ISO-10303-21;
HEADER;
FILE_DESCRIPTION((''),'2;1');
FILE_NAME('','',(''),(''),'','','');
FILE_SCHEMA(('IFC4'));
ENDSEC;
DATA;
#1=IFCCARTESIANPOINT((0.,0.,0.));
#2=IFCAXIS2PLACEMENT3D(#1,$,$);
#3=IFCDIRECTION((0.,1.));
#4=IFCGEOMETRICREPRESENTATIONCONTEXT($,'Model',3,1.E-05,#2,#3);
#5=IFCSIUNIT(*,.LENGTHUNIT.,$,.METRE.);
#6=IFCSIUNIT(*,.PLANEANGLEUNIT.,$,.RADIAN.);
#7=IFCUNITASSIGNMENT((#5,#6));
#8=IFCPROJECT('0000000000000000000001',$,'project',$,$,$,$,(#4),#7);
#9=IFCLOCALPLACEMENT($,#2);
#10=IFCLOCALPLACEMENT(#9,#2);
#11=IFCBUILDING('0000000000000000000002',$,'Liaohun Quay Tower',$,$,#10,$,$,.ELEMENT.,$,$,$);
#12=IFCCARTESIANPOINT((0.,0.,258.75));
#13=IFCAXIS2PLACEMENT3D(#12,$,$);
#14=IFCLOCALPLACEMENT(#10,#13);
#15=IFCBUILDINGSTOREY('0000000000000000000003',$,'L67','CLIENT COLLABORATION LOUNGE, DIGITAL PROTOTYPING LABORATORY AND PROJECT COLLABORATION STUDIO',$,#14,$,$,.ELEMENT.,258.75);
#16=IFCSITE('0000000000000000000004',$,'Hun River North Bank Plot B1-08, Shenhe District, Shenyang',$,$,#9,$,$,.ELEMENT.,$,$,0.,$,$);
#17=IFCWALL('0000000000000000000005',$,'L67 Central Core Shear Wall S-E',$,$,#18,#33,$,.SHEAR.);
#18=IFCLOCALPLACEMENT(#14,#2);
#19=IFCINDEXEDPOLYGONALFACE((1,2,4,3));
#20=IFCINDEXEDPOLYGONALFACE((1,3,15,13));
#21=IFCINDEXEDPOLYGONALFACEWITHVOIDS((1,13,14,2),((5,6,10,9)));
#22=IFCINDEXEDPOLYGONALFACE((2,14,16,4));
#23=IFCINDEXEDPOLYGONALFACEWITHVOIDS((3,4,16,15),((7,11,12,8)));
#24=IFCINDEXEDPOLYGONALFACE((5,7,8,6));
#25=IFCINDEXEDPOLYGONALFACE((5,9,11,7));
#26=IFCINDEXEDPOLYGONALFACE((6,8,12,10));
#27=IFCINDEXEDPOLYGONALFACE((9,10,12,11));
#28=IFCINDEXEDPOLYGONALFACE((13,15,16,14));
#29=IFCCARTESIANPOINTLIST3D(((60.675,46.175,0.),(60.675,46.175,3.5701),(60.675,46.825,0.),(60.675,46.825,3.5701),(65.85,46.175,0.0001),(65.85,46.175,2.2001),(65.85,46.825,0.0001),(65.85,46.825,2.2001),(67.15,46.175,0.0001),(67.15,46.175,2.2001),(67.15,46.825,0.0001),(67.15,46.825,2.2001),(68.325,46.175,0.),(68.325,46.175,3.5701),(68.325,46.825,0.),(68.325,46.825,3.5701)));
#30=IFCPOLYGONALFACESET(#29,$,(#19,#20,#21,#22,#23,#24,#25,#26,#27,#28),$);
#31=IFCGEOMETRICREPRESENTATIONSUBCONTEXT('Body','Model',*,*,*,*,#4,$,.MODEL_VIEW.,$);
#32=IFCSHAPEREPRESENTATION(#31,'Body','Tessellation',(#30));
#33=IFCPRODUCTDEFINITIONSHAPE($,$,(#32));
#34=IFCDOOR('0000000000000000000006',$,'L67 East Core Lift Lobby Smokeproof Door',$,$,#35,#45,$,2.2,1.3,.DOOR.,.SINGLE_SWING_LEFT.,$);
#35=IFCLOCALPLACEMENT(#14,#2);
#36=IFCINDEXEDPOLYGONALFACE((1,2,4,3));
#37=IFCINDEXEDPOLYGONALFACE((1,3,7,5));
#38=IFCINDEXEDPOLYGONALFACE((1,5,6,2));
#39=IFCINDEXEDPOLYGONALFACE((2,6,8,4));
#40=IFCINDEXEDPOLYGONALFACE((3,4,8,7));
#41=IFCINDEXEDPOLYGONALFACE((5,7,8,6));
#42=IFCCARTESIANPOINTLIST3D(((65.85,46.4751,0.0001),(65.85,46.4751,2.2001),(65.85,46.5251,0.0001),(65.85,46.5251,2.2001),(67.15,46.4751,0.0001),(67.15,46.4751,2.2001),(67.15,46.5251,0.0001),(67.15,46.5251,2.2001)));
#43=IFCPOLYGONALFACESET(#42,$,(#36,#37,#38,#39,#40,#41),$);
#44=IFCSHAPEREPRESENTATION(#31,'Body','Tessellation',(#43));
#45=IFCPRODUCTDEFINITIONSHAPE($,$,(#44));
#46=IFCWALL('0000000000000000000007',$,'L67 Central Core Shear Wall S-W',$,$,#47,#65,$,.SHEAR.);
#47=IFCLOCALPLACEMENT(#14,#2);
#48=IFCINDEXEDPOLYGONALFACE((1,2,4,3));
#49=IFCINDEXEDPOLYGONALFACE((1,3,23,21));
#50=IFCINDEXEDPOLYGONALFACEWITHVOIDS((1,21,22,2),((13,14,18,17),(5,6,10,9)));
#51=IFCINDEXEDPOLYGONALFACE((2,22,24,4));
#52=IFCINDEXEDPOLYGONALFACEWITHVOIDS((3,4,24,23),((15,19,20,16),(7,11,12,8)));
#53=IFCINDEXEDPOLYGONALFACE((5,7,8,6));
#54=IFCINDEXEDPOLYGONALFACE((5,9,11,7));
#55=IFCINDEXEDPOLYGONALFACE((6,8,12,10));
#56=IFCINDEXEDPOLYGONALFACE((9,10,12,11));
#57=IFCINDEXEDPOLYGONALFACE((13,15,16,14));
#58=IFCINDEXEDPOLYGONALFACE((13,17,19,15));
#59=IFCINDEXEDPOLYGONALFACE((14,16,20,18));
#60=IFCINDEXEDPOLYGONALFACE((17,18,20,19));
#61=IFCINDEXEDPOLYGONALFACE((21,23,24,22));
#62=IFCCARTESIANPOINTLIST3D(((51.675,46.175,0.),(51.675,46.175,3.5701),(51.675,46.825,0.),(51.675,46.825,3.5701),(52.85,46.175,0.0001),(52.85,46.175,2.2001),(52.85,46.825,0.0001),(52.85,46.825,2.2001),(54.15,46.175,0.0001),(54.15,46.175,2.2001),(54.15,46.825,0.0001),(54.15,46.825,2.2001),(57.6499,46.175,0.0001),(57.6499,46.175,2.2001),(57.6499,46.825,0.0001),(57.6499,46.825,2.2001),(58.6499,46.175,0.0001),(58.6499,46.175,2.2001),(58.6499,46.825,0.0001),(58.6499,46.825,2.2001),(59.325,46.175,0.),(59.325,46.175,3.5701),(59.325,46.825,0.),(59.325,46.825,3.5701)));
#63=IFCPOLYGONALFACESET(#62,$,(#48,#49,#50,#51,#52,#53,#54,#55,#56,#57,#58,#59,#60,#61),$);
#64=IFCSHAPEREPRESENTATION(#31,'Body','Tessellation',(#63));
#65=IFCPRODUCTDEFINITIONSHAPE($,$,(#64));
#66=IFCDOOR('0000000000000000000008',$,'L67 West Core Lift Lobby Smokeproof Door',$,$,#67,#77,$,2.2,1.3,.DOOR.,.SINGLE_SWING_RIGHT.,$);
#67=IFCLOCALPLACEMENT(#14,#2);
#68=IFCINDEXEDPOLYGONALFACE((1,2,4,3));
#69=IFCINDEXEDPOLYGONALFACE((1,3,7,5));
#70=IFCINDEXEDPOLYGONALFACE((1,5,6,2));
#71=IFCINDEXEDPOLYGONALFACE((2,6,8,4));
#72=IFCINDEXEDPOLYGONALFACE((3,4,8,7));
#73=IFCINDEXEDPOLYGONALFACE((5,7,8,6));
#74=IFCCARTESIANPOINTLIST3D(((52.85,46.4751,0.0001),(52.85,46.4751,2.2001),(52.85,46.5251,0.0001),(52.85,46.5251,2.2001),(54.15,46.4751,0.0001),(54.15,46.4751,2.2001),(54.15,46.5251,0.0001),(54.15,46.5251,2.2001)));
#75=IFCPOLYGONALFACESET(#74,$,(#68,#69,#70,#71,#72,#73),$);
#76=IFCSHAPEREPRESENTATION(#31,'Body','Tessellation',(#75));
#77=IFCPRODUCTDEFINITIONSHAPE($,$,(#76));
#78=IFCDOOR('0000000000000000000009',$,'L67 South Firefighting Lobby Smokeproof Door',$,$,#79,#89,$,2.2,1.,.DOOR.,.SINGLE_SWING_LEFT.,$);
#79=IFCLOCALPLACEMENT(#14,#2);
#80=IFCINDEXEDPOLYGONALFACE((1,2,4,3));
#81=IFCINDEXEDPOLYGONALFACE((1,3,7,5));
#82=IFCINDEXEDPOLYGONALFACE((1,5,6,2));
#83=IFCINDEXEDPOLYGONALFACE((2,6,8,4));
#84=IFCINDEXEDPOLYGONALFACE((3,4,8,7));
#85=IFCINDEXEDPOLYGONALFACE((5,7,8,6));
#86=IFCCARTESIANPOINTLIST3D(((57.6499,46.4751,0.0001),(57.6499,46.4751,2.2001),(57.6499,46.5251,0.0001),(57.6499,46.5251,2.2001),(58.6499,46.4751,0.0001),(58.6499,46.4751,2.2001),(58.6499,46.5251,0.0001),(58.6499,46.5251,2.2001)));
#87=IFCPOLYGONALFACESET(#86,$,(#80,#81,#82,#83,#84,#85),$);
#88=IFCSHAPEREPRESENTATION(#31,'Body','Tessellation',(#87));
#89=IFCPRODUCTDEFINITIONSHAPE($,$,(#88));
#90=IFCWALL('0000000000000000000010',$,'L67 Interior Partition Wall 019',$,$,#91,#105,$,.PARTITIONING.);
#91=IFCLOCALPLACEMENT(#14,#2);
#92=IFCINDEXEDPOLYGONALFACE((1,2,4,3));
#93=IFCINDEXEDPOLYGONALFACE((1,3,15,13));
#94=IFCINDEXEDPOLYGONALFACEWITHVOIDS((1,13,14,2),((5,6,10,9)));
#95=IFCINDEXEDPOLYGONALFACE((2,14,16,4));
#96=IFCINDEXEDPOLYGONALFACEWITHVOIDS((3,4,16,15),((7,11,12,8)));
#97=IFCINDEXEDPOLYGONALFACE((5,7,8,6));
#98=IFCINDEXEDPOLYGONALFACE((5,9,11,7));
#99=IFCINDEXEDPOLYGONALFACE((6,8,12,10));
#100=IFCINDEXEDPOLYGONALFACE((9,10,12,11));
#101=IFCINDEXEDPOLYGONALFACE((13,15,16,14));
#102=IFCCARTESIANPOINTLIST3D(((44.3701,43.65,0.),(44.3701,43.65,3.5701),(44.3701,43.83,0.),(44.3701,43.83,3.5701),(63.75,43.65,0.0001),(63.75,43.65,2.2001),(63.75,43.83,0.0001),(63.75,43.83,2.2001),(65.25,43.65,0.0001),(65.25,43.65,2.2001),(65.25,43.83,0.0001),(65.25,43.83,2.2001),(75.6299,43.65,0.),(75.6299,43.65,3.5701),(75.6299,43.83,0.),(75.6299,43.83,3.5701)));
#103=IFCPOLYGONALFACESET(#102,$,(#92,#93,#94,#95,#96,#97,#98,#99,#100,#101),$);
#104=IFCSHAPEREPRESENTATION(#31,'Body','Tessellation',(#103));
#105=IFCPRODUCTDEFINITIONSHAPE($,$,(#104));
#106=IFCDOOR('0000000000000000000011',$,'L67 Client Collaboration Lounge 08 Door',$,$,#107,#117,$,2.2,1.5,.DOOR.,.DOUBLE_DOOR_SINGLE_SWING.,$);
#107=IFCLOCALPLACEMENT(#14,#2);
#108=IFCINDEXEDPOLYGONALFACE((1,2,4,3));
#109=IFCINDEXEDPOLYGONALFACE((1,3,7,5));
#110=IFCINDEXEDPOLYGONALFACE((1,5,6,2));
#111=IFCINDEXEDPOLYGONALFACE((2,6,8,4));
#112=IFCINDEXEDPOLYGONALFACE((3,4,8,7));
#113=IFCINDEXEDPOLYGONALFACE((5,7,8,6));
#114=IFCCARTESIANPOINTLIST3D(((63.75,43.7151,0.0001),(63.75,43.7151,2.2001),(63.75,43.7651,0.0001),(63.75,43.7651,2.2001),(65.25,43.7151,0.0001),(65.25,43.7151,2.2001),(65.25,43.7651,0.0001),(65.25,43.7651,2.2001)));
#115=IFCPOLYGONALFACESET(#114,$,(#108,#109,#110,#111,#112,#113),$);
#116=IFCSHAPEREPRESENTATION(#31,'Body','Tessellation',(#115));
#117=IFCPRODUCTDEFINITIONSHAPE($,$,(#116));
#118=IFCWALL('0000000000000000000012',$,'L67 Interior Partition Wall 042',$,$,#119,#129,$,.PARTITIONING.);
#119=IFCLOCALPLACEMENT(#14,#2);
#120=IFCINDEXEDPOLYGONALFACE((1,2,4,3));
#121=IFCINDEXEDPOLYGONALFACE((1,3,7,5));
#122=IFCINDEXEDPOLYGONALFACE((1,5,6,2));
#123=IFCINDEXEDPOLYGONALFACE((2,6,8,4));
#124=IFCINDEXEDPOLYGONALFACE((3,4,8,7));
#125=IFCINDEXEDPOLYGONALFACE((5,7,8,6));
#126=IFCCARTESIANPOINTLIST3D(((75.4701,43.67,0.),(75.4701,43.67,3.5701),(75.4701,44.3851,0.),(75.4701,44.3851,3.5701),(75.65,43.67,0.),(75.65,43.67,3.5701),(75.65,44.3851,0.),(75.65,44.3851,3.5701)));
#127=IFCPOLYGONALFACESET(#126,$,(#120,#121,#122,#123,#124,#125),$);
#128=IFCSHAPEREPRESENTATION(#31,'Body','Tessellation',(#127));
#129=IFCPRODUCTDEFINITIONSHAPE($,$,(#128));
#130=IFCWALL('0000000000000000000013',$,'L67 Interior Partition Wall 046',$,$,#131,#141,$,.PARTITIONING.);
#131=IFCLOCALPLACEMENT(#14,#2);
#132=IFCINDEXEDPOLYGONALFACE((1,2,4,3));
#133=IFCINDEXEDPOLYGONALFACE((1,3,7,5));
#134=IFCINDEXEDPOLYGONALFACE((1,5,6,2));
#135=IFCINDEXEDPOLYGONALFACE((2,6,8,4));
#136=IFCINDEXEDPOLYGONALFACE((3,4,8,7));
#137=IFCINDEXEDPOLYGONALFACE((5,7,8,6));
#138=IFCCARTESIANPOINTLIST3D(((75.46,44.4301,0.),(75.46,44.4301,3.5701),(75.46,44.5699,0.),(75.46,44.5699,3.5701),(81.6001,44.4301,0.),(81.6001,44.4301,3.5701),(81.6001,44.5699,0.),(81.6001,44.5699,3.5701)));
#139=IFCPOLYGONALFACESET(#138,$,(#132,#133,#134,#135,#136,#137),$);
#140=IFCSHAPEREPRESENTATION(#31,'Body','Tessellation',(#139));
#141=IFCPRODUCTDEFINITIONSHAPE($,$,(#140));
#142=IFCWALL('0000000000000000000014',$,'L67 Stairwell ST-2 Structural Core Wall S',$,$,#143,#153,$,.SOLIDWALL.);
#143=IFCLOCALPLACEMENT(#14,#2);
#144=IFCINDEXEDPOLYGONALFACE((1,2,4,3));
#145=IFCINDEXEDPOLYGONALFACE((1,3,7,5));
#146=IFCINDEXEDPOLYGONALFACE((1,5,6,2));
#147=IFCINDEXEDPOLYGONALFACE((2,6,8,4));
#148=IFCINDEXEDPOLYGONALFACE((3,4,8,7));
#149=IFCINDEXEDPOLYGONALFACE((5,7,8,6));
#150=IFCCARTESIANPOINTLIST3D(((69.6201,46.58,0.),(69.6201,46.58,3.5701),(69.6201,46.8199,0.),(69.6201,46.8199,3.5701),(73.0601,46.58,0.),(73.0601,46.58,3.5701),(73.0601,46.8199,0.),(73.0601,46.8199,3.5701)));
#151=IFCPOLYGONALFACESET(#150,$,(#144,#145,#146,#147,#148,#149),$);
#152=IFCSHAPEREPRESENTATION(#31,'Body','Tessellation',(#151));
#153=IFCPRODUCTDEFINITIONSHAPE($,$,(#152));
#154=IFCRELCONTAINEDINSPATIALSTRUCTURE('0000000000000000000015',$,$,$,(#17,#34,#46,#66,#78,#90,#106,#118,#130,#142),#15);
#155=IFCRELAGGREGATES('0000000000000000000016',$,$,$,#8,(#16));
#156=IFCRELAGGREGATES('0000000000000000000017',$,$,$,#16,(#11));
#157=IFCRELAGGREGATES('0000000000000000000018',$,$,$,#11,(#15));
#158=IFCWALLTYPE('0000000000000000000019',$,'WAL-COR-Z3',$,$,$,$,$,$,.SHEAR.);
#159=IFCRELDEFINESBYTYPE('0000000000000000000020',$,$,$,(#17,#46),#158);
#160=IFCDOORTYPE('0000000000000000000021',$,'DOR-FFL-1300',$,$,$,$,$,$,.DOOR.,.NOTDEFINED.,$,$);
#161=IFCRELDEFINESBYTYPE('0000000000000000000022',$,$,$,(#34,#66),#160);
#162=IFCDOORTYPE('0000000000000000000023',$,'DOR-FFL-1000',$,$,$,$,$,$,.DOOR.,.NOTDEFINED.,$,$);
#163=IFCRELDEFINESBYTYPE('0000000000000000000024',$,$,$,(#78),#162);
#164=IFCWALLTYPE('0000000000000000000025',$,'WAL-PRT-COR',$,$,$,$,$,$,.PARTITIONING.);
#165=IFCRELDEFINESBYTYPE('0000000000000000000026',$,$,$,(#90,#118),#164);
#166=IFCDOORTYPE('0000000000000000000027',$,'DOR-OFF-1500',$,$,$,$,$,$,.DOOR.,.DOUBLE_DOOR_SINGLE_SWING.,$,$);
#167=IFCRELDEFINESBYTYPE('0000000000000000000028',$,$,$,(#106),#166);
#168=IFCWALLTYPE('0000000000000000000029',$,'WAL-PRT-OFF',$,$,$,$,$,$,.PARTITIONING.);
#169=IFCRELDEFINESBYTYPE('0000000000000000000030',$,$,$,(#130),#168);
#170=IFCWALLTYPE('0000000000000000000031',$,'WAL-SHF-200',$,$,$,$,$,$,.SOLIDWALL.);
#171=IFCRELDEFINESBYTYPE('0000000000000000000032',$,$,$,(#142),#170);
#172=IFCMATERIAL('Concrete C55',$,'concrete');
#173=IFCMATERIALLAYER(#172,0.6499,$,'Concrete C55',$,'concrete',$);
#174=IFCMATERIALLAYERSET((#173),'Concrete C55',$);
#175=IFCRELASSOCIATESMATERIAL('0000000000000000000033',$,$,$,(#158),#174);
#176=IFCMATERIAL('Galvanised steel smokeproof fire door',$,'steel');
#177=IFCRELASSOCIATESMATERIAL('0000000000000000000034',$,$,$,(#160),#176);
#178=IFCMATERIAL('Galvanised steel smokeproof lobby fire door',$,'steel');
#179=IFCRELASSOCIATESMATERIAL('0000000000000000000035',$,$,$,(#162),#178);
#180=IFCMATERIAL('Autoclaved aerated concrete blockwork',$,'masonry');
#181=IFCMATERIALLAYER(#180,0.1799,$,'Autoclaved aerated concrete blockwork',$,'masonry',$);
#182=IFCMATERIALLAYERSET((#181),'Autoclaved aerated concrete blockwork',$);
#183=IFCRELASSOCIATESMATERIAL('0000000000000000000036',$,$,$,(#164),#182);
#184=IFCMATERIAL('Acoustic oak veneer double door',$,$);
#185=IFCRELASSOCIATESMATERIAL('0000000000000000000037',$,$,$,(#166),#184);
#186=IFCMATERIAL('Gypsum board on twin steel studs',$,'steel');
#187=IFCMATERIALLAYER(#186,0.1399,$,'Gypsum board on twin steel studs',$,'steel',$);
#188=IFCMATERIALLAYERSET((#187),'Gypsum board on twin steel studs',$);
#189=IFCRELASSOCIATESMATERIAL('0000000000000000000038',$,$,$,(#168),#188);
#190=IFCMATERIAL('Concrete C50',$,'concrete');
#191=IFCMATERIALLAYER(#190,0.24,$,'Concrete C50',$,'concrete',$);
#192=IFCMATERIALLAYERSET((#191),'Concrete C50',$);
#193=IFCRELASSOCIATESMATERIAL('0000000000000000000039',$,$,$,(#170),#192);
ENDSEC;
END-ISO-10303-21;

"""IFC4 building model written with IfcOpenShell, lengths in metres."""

from ifc_helpers import new_model, si_unit, direction, frame, frame_2d, origin, place, context, subcontext, project, spatial, rectangle, extrude, source, transform, mapped, material, layer, layer_set, type_object, element, fill, save


model = new_model("IFC4")

# Units and contexts
model_context = context("Model", 3, precision=1e-05, world=origin(), true_north=direction((0.0, 1.0)))
body_context = subcontext(model_context, "Body", "Model", "MODEL_VIEW")
ifc_project = project(units=[si_unit("LENGTHUNIT", "METRE"), si_unit("PLANEANGLEUNIT", "RADIAN")], contexts=[model_context])

# Site, building, storey
site_placement = place(None, origin())
site = spatial("IfcSite", under=ifc_project, at=site_placement, Name="Hun River North Bank Plot B1-08, Shenhe District, Shenyang", CompositionType="ELEMENT", RefElevation=0.0)
building_placement = place(site_placement, origin())
building = spatial("IfcBuilding", under=site, at=building_placement, Name="Liaohun Quay Tower", CompositionType="ELEMENT")
storey_placement = place(building_placement, frame((0.0, 0.0, 258.75)))
storey = spatial("IfcBuildingStorey", under=building, at=storey_placement, Name="L67", Description="CLIENT COLLABORATION LOUNGE, DIGITAL PROTOTYPING LABORATORY AND PROJECT COLLABORATION STUDIO", CompositionType="ELEMENT", Elevation=258.75)

# Shared definitions
ifc_material_1 = material(Name="Concrete C55", Category="concrete")

# Wall, opening, door
ifc_layer_1 = layer(ifc_material_1, 0.6499, Name="Concrete C55", Category="concrete")
ifc_layer_set_1 = layer_set([ifc_layer_1], Name="Concrete C55")
wall_type_1 = type_object("IfcWallType", Name="WAL-COR-Z3", PredefinedType="SHEAR", material=ifc_layer_set_1)
wall_1_placement = place(storey_placement, frame((68.325, 46.5, 0.0), z_axis=(0.0, 0.0, 1.0), x_axis=(-1.0, 0.0, 0.0)))
wall_1 = element("IfcWall", 1, at=wall_1_placement, inside=storey, type_object=wall_type_1, Name="L67 Central Core Shear Wall S-E", PredefinedType="SHEAR", context=body_context, shape_type="SweptSolid", body=[
    extrude(rectangle(XDim=7.6499, YDim=0.6499, at=frame_2d((3.825, 0.0))), origin(), (0.0, 0.0, 1.0), 3.5701),
])
shared_shape_1 = source(origin(), body_context, "Body", "SweptSolid", [
    extrude(rectangle(XDim=1.3, YDim=2.2, at=frame_2d((0.6499, 1.1001))), frame((0.0, 0.335, 0.0), z_axis=(0.0, -1.0, 0.0), x_axis=(1.0, 0.0, 0.0)), (0.0, 0.0, 1.0), 0.6699),
])
opening_1_placement = place(wall_1_placement, frame((1.175, 0.0, 0.0)))
opening_1 = element("IfcOpeningElement", 2, at=opening_1_placement, cuts=wall_1, PredefinedType="OPENING", context=body_context, shape_type="MappedRepresentation", body=[
    mapped(shared_shape_1, transform((0.0, 0.0, 0.0), x_axis=(1.0, 0.0, 0.0), y_axis=(0.0, 1.0, 0.0), z_axis=(0.0, 0.0, 1.0), scale=1.0)),
])
ifc_material_2 = material(Name="Galvanised steel smokeproof fire door", Category="steel")
door_type_1 = type_object("IfcDoorType", Name="DOR-FFL-1300", OperationType="NOTDEFINED", PredefinedType="DOOR", material=ifc_material_2)
shared_shape_2 = source(origin(), body_context, "Body", "SweptSolid", [
    extrude(rectangle(XDim=1.3, YDim=2.2, at=frame_2d((0.6499, 1.1001))), frame((0.0, 0.0249, 0.0), z_axis=(0.0, -1.0, 0.0), x_axis=(1.0, 0.0, 0.0)), (0.0, 0.0, 1.0), 0.05),
])
door_1_placement = place(opening_1_placement, origin())
door_1 = element("IfcDoor", 3, at=door_1_placement, inside=storey, type_object=door_type_1, Name="L67 East Core Lift Lobby Smokeproof Door", OperationType="SINGLE_SWING_LEFT", OverallHeight=2.2, OverallWidth=1.3, PredefinedType="DOOR", context=body_context, shape_type="MappedRepresentation", body=[
    mapped(shared_shape_2, transform((0.0, 0.0, 0.0), x_axis=(1.0, 0.0, 0.0), y_axis=(0.0, 1.0, 0.0), z_axis=(0.0, 0.0, 1.0), scale=1.0)),
])
fill(opening_1, door_1)

# Wall, openings, doors
wall_2_placement = place(storey_placement, frame((59.325, 46.5, 0.0), z_axis=(0.0, 0.0, 1.0), x_axis=(-1.0, 0.0, 0.0)))
wall_2 = element("IfcWall", 4, at=wall_2_placement, inside=storey, type_object=wall_type_1, Name="L67 Central Core Shear Wall S-W", PredefinedType="SHEAR", context=body_context, shape_type="SweptSolid", body=[
    extrude(rectangle(XDim=7.6499, YDim=0.6499, at=frame_2d((3.825, 0.0))), origin(), (0.0, 0.0, 1.0), 3.5701),
])
opening_2_placement = place(wall_2_placement, frame((5.175, 0.0, 0.0)))
opening_2 = element("IfcOpeningElement", 5, at=opening_2_placement, cuts=wall_2, PredefinedType="OPENING", context=body_context, shape_type="MappedRepresentation", body=[
    mapped(shared_shape_1, transform((0.0, 0.0, 0.0), x_axis=(1.0, 0.0, 0.0), y_axis=(0.0, 1.0, 0.0), z_axis=(0.0, 0.0, 1.0), scale=1.0)),
])
shared_shape_3 = source(origin(), body_context, "Body", "SweptSolid", [
    extrude(rectangle(XDim=1.0, YDim=2.2, at=frame_2d((0.5, 1.1001))), frame((0.0, 0.335, 0.0), z_axis=(0.0, -1.0, 0.0), x_axis=(1.0, 0.0, 0.0)), (0.0, 0.0, 1.0), 0.6699),
])
opening_3_placement = place(wall_2_placement, frame((0.675, 0.0, 0.0)))
opening_3 = element("IfcOpeningElement", 6, at=opening_3_placement, cuts=wall_2, PredefinedType="OPENING", context=body_context, shape_type="MappedRepresentation", body=[
    mapped(shared_shape_3, transform((0.0, 0.0, 0.0), x_axis=(1.0, 0.0, 0.0), y_axis=(0.0, 1.0, 0.0), z_axis=(0.0, 0.0, 1.0), scale=1.0)),
])
door_2_placement = place(opening_2_placement, origin())
door_2 = element("IfcDoor", 7, at=door_2_placement, inside=storey, type_object=door_type_1, Name="L67 West Core Lift Lobby Smokeproof Door", OperationType="SINGLE_SWING_RIGHT", OverallHeight=2.2, OverallWidth=1.3, PredefinedType="DOOR", context=body_context, shape_type="MappedRepresentation", body=[
    mapped(shared_shape_2, transform((0.0, 0.0, 0.0), x_axis=(1.0, 0.0, 0.0), y_axis=(0.0, 1.0, 0.0), z_axis=(0.0, 0.0, 1.0), scale=1.0)),
])
fill(opening_2, door_2)
ifc_material_3 = material(Name="Galvanised steel smokeproof lobby fire door", Category="steel")
door_type_2 = type_object("IfcDoorType", Name="DOR-FFL-1000", OperationType="NOTDEFINED", PredefinedType="DOOR", material=ifc_material_3)
shared_shape_4 = source(origin(), body_context, "Body", "SweptSolid", [
    extrude(rectangle(XDim=1.0, YDim=2.2, at=frame_2d((0.5, 1.1001))), frame((0.0, 0.0249, 0.0), z_axis=(0.0, -1.0, 0.0), x_axis=(1.0, 0.0, 0.0)), (0.0, 0.0, 1.0), 0.05),
])
door_3_placement = place(opening_3_placement, origin())
door_3 = element("IfcDoor", 8, at=door_3_placement, inside=storey, type_object=door_type_2, Name="L67 South Firefighting Lobby Smokeproof Door", OperationType="SINGLE_SWING_LEFT", OverallHeight=2.2, OverallWidth=1.0, PredefinedType="DOOR", context=body_context, shape_type="MappedRepresentation", body=[
    mapped(shared_shape_4, transform((0.0, 0.0, 0.0), x_axis=(1.0, 0.0, 0.0), y_axis=(0.0, 1.0, 0.0), z_axis=(0.0, 0.0, 1.0), scale=1.0)),
])
fill(opening_3, door_3)

# Wall, opening, door
ifc_material_4 = material(Name="Autoclaved aerated concrete blockwork", Category="masonry")
ifc_layer_2 = layer(ifc_material_4, 0.1799, Name="Autoclaved aerated concrete blockwork", Category="masonry")
ifc_layer_set_2 = layer_set([ifc_layer_2], Name="Autoclaved aerated concrete blockwork")
wall_type_2 = type_object("IfcWallType", Name="WAL-PRT-COR", PredefinedType="PARTITIONING", material=ifc_layer_set_2)
wall_3_placement = place(storey_placement, frame((75.6299, 43.74, 0.0), z_axis=(0.0, 0.0, 1.0), x_axis=(-1.0, 0.0, 0.0)))
wall_3 = element("IfcWall", 9, at=wall_3_placement, inside=storey, type_object=wall_type_2, Name="L67 Interior Partition Wall 019", PredefinedType="PARTITIONING", context=body_context, shape_type="SweptSolid", body=[
    extrude(rectangle(XDim=31.2598, YDim=0.1799, at=frame_2d((15.6299, 0.0))), origin(), (0.0, 0.0, 1.0), 3.5701),
])
shared_shape_5 = source(origin(), body_context, "Body", "SweptSolid", [
    extrude(rectangle(XDim=1.5, YDim=2.2, at=frame_2d((0.75, 1.1001))), frame((0.0, 0.0999, 0.0), z_axis=(0.0, -1.0, 0.0), x_axis=(1.0, 0.0, 0.0)), (0.0, 0.0, 1.0), 0.2),
])
opening_4_placement = place(wall_3_placement, frame((10.3799, 0.0, 0.0)))
opening_4 = element("IfcOpeningElement", 10, at=opening_4_placement, cuts=wall_3, PredefinedType="OPENING", context=body_context, shape_type="MappedRepresentation", body=[
    mapped(shared_shape_5, transform((0.0, 0.0, 0.0), x_axis=(1.0, 0.0, 0.0), y_axis=(0.0, 1.0, 0.0), z_axis=(0.0, 0.0, 1.0), scale=1.0)),
])
ifc_material_5 = material(Name="Acoustic oak veneer double door")
door_type_3 = type_object("IfcDoorType", Name="DOR-OFF-1500", OperationType="DOUBLE_DOOR_SINGLE_SWING", PredefinedType="DOOR", material=ifc_material_5)
shared_shape_6 = source(origin(), body_context, "Body", "SweptSolid", [
    extrude(rectangle(XDim=1.5, YDim=2.2, at=frame_2d((0.75, 1.1001))), frame((0.0, 0.0249, 0.0), z_axis=(0.0, -1.0, 0.0), x_axis=(1.0, 0.0, 0.0)), (0.0, 0.0, 1.0), 0.05),
])
door_4_placement = place(opening_4_placement, origin())
door_4 = element("IfcDoor", 11, at=door_4_placement, inside=storey, type_object=door_type_3, Name="L67 Client Collaboration Lounge 08 Door", OperationType="DOUBLE_DOOR_SINGLE_SWING", OverallHeight=2.2, OverallWidth=1.5, PredefinedType="DOOR", context=body_context, shape_type="MappedRepresentation", body=[
    mapped(shared_shape_6, transform((0.0, 0.0, 0.0), x_axis=(1.0, 0.0, 0.0), y_axis=(0.0, 1.0, 0.0), z_axis=(0.0, 0.0, 1.0), scale=1.0)),
])
fill(opening_4, door_4)

# Walls
wall_4_placement = place(storey_placement, frame((75.5601, 44.385, 0.0), z_axis=(0.0, 0.0, 1.0), x_axis=(0.0, -1.0, 0.0)))
element("IfcWall", 12, at=wall_4_placement, inside=storey, type_object=wall_type_2, Name="L67 Interior Partition Wall 042", PredefinedType="PARTITIONING", context=body_context, shape_type="SweptSolid", body=[
    extrude(rectangle(XDim=0.7151, YDim=0.1799, at=frame_2d((0.3574, 0.0))), origin(), (0.0, 0.0, 1.0), 3.5701),
])
ifc_material_6 = material(Name="Gypsum board on twin steel studs", Category="steel")
ifc_layer_3 = layer(ifc_material_6, 0.1399, Name="Gypsum board on twin steel studs", Category="steel")
ifc_layer_set_3 = layer_set([ifc_layer_3], Name="Gypsum board on twin steel studs")
wall_type_3 = type_object("IfcWallType", Name="WAL-PRT-OFF", PredefinedType="PARTITIONING", material=ifc_layer_set_3)
wall_5_placement = place(storey_placement, frame((75.46, 44.5, 0.0), z_axis=(0.0, 0.0, 1.0), x_axis=(1.0, 0.0, 0.0)))
element("IfcWall", 13, at=wall_5_placement, inside=storey, type_object=wall_type_3, Name="L67 Interior Partition Wall 046", PredefinedType="PARTITIONING", context=body_context, shape_type="SweptSolid", body=[
    extrude(rectangle(XDim=6.1401, YDim=0.1399, at=frame_2d((3.0701, 0.0))), origin(), (0.0, 0.0, 1.0), 3.5701),
])
ifc_material_7 = material(Name="Concrete C50", Category="concrete")
ifc_layer_4 = layer(ifc_material_7, 0.24, Name="Concrete C50", Category="concrete")
ifc_layer_set_4 = layer_set([ifc_layer_4], Name="Concrete C50")
wall_type_4 = type_object("IfcWallType", Name="WAL-SHF-200", PredefinedType="SOLIDWALL", material=ifc_layer_set_4)
wall_6_placement = place(storey_placement, frame((69.6201, 46.7, 0.0), z_axis=(0.0, 0.0, 1.0), x_axis=(1.0, 0.0, 0.0)))
element("IfcWall", 14, at=wall_6_placement, inside=storey, type_object=wall_type_4, Name="L67 Stairwell ST-2 Structural Core Wall S", PredefinedType="SOLIDWALL", context=body_context, shape_type="SweptSolid", body=[
    extrude(rectangle(XDim=3.4399, YDim=0.24, at=frame_2d((1.72, 0.0))), origin(), (0.0, 0.0, 1.0), 3.5701),
])

save(model, "model.ifc")
